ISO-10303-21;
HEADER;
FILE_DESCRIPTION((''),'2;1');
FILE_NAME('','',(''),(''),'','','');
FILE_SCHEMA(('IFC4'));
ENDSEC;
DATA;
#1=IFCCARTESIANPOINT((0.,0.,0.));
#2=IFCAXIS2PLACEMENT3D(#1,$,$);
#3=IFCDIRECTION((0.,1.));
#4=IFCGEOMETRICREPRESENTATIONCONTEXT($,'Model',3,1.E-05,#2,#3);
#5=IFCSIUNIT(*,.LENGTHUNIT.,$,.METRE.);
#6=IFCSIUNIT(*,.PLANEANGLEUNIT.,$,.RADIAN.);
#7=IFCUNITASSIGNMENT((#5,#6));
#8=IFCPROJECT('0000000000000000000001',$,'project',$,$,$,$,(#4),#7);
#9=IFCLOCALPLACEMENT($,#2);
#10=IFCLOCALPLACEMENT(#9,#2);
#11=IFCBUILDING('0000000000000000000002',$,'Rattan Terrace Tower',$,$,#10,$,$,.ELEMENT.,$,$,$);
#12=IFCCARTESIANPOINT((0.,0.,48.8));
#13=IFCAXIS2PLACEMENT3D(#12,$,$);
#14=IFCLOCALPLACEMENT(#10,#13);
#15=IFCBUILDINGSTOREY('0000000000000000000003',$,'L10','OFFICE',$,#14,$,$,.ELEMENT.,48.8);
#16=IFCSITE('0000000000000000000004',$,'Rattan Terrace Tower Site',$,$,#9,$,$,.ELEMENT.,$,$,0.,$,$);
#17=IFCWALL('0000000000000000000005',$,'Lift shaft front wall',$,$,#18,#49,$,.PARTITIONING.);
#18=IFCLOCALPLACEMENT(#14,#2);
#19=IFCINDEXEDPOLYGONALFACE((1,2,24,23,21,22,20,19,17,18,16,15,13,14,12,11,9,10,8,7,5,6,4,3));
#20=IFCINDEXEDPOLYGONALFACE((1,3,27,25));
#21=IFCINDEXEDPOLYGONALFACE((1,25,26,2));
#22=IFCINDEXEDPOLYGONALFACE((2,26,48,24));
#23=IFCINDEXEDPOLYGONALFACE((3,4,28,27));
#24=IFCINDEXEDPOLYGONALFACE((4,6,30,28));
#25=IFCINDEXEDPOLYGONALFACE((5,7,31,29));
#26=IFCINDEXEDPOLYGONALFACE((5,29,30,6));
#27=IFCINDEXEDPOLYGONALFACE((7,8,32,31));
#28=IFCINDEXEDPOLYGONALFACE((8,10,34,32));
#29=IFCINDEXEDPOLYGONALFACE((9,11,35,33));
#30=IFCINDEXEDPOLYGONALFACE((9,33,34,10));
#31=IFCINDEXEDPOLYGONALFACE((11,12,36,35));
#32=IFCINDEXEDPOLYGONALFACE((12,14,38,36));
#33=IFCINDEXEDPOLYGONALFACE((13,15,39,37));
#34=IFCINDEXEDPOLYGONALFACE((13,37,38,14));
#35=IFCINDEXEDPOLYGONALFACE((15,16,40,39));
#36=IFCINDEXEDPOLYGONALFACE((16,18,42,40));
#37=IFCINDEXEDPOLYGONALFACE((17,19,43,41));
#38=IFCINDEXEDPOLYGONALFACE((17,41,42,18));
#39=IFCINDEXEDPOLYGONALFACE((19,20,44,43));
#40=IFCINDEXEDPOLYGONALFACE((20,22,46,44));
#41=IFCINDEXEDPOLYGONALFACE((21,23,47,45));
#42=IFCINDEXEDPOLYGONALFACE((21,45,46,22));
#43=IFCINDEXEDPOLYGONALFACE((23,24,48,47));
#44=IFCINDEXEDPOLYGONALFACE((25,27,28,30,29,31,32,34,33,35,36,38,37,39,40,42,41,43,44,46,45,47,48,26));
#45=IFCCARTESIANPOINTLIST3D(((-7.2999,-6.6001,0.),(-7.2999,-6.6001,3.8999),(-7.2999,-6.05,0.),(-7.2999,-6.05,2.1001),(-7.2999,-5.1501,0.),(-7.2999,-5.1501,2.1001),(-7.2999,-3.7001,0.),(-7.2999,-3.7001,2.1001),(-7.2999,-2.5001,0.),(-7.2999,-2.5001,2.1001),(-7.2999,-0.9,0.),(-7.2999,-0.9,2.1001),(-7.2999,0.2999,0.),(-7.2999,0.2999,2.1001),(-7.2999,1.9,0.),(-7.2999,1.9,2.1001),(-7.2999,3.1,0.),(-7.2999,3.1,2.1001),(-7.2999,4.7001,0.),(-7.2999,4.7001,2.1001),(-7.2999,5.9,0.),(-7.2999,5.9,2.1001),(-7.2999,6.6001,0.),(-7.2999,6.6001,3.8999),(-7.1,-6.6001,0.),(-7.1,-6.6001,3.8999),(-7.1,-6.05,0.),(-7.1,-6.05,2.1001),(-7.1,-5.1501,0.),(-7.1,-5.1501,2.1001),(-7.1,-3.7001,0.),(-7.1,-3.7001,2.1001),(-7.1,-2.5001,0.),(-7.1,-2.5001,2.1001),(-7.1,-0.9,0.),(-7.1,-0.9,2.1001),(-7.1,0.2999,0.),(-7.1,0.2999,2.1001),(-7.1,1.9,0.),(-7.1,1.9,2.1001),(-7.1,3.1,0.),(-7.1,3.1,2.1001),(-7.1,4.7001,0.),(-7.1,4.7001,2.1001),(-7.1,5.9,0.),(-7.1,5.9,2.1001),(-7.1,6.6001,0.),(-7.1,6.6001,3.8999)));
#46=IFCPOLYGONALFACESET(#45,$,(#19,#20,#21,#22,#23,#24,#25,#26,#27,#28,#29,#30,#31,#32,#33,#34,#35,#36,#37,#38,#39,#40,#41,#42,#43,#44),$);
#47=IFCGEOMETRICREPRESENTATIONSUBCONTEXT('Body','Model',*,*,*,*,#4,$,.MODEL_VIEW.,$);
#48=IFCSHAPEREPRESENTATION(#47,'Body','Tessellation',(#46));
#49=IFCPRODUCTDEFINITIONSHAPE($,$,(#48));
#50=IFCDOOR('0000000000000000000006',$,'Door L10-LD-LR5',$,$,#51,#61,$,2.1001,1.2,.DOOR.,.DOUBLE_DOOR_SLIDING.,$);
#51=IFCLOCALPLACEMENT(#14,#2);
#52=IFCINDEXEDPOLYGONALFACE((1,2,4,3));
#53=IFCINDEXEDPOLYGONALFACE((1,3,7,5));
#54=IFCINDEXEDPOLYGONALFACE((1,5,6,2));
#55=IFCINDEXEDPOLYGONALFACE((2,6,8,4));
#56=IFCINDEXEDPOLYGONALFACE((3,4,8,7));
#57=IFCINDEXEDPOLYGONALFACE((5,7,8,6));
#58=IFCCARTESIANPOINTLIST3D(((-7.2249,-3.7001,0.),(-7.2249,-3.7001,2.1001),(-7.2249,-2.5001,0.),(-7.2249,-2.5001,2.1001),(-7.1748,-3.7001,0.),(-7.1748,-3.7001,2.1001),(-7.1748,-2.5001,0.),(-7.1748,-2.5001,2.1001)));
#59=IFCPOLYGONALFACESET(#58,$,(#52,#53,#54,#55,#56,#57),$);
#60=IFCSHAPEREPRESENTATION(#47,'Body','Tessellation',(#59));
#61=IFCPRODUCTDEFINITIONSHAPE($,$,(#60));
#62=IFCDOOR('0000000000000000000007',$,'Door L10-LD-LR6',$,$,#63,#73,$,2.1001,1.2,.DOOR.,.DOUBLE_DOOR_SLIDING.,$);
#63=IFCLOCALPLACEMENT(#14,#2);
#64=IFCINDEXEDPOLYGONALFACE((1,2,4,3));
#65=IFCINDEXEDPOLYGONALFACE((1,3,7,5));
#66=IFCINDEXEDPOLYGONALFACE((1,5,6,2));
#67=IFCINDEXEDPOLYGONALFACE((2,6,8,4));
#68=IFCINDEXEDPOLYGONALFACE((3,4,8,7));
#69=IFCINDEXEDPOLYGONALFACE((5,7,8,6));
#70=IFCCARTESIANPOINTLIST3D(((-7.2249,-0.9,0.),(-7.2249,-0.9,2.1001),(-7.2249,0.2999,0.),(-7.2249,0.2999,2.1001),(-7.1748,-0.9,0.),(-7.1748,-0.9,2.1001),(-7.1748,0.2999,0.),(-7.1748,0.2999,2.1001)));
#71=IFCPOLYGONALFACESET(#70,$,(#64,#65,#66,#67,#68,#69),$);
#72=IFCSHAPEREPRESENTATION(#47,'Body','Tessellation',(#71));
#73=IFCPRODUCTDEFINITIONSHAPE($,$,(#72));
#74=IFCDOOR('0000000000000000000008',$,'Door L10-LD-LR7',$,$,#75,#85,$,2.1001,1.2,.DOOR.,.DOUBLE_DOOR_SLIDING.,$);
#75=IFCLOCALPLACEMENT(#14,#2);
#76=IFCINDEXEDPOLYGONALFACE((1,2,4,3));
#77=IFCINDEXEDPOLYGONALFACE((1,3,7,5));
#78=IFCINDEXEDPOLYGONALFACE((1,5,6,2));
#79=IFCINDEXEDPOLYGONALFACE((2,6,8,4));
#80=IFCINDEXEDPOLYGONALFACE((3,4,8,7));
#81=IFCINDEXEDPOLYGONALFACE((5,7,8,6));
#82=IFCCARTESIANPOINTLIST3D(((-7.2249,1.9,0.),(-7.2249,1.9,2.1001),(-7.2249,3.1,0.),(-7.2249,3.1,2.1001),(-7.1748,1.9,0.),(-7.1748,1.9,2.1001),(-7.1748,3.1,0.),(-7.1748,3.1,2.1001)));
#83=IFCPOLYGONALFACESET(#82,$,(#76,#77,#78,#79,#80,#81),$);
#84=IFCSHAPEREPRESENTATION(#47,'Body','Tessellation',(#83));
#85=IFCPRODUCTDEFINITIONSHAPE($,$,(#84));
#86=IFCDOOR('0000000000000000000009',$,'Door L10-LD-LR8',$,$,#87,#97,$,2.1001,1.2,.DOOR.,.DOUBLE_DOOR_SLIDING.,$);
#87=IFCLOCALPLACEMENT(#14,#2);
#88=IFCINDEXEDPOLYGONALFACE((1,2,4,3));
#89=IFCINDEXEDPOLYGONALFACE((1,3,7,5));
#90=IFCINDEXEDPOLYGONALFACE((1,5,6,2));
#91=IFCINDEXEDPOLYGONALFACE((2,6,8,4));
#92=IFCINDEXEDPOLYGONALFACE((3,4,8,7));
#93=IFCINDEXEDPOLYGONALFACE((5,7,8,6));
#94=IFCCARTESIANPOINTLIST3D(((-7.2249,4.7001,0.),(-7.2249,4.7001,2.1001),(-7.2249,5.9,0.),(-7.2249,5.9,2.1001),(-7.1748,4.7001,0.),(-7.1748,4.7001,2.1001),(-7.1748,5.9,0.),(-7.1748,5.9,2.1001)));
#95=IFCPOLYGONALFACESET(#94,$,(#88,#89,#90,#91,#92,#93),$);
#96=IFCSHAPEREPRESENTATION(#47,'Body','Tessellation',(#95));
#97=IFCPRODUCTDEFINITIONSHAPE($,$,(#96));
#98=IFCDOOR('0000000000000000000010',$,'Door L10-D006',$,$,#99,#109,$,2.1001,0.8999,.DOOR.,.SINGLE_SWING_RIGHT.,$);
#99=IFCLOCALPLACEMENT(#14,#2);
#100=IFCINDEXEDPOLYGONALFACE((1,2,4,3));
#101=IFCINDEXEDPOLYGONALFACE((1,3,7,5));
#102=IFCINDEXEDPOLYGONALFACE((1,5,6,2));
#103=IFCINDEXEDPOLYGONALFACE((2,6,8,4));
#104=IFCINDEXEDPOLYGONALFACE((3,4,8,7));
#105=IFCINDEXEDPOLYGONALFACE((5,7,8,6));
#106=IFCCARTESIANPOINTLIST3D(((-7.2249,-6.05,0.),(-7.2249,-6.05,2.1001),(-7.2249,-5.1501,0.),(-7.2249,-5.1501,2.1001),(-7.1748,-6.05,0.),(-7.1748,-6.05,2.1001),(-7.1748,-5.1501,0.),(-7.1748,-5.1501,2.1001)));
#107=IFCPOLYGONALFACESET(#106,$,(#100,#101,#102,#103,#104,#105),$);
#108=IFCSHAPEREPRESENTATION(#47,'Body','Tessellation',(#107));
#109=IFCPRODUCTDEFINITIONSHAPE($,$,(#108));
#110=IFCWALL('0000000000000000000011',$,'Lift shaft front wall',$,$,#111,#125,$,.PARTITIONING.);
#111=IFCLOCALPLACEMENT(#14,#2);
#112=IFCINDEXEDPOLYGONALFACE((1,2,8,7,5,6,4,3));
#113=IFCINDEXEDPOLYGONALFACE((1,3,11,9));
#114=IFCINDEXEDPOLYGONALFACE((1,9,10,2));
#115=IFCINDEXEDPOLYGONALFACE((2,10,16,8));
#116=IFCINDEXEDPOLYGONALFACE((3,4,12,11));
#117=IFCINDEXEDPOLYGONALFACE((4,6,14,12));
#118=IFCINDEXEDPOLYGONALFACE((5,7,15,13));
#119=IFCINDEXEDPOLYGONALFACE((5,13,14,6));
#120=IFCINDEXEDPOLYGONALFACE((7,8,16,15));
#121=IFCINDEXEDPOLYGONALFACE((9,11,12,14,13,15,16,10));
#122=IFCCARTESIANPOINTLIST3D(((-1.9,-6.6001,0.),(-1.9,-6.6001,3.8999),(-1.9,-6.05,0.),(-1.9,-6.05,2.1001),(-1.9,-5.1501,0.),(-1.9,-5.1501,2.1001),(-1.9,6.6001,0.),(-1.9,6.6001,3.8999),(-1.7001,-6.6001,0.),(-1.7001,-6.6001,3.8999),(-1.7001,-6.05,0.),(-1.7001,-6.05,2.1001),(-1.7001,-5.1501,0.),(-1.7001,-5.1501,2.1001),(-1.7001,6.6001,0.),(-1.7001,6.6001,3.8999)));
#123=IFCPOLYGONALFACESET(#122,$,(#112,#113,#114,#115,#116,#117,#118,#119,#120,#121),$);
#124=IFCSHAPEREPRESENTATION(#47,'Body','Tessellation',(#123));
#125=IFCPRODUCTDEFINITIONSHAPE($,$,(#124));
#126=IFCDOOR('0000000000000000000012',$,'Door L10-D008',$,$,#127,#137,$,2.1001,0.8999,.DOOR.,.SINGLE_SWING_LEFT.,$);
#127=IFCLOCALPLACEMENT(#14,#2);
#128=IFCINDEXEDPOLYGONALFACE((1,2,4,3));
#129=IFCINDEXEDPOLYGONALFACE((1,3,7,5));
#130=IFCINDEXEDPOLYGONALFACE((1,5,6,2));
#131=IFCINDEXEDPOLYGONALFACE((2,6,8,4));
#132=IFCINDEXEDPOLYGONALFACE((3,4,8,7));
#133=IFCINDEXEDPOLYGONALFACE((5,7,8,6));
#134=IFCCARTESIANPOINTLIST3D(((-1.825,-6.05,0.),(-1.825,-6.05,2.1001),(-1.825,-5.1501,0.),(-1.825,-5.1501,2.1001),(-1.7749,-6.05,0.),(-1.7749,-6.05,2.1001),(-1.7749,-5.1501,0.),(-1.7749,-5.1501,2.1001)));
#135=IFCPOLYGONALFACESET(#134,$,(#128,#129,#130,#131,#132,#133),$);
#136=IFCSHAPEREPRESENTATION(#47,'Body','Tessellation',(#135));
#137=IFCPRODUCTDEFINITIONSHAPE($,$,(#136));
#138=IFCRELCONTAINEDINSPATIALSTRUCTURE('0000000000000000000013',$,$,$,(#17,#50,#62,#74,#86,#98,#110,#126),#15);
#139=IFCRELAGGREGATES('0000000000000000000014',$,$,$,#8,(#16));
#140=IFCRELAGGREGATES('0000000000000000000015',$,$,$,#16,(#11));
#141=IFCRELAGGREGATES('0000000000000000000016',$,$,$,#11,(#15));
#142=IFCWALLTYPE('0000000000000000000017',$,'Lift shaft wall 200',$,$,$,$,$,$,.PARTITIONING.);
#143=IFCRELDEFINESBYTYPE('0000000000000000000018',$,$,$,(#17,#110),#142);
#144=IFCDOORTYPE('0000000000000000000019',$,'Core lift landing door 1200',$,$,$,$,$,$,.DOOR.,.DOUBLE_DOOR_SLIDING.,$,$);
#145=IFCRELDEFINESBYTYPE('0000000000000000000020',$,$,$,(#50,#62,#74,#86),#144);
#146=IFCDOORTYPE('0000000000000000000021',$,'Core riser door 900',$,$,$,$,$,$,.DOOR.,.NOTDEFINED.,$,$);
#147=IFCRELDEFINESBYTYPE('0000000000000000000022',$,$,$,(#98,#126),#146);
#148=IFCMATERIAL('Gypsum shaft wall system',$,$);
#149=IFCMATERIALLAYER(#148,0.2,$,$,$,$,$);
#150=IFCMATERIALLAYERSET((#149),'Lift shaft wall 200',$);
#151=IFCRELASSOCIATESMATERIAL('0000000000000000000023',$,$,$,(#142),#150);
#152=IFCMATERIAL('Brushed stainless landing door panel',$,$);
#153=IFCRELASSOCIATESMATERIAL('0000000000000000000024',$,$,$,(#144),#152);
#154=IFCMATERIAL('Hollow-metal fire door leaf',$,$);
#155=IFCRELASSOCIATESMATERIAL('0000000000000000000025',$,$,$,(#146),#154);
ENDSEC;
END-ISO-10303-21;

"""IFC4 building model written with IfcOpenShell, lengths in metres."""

from ifc_helpers import new_model, si_unit, direction, frame, frame_2d, origin, place, context, subcontext, project, spatial, rectangle, extrude, material, layer, layer_set, type_object, element, fill, save


model = new_model("IFC4")

# Units and contexts
model_context = context("Model", 3, precision=1e-05, world=origin(), true_north=direction((0.0, 1.0)))
body_context = subcontext(model_context, "Body", "Model", "MODEL_VIEW")
ifc_project = project(units=[si_unit("LENGTHUNIT", "METRE"), si_unit("PLANEANGLEUNIT", "RADIAN")], contexts=[model_context])

# Site, building, storey
site_placement = place(None, origin())
site = spatial("IfcSite", under=ifc_project, at=site_placement, Name="Rattan Terrace Tower Site", CompositionType="ELEMENT", RefElevation=0.0)
building_placement = place(site_placement, origin())
building = spatial("IfcBuilding", under=site, at=building_placement, Name="Rattan Terrace Tower", CompositionType="ELEMENT")
storey_placement = place(building_placement, frame((0.0, 0.0, 48.8)))
storey = spatial("IfcBuildingStorey", under=building, at=storey_placement, Name="L10", Description="OFFICE", CompositionType="ELEMENT", Elevation=48.8)

# Wall, openings, doors
ifc_material_1 = material(Name="Gypsum shaft wall system")
ifc_layer_1 = layer(ifc_material_1, 0.2)
ifc_layer_set_1 = layer_set([ifc_layer_1], Name="Lift shaft wall 200")
wall_type_1 = type_object("IfcWallType", Name="Lift shaft wall 200", PredefinedType="PARTITIONING", material=ifc_layer_set_1)
ifc_material_2 = material(Name="Brushed stainless landing door panel")
door_type_1 = type_object("IfcDoorType", Name="Core lift landing door 1200", OperationType="DOUBLE_DOOR_SLIDING", PredefinedType="DOOR", material=ifc_material_2)
ifc_material_3 = material(Name="Hollow-metal fire door leaf")
door_type_2 = type_object("IfcDoorType", Name="Core riser door 900", OperationType="NOTDEFINED", PredefinedType="DOOR", material=ifc_material_3)
wall_1_placement = place(storey_placement, frame((-7.2, -6.6001, 0.0), z_axis=(0.0, 0.0, 1.0), x_axis=(0.0, 1.0, 0.0)))
wall_1 = element("IfcWall", 1, at=wall_1_placement, inside=storey, type_object=wall_type_1, Name="Lift shaft front wall", PredefinedType="PARTITIONING", context=body_context, shape_type="SweptSolid", body=[
    extrude(rectangle(XDim=13.2002, YDim=0.2, at=frame_2d((6.6001, 0.0))), origin(), (0.0, 0.0, 1.0), 3.8999),
])
opening_1_placement = place(wall_1_placement, frame((0.55, 0.0, 0.0)))
opening_1 = element("IfcOpeningElement", 2, at=opening_1_placement, cuts=wall_1, PredefinedType="OPENING", context=body_context, shape_type="SweptSolid", body=[
    extrude(rectangle(XDim=0.8999, YDim=2.1001, at=frame_2d((0.45, 1.05))), frame((0.0, 0.1106, 0.0), z_axis=(0.0, -1.0, 0.0), x_axis=(1.0, 0.0, 0.0)), (0.0, 0.0, 1.0), 0.2209),
])
opening_2_placement = place(wall_1_placement, frame((2.8999, 0.0, 0.0)))
opening_2 = element("IfcOpeningElement", 3, at=opening_2_placement, cuts=wall_1, PredefinedType="OPENING", context=body_context, shape_type="SweptSolid", body=[
    extrude(rectangle(XDim=1.2, YDim=2.1001, at=frame_2d((0.6001, 1.05))), frame((0.0, 0.1106, 0.0), z_axis=(0.0, -1.0, 0.0), x_axis=(1.0, 0.0, 0.0)), (0.0, 0.0, 1.0), 0.2209),
])
opening_3_placement = place(wall_1_placement, frame((5.7, 0.0, 0.0)))
opening_3 = element("IfcOpeningElement", 4, at=opening_3_placement, cuts=wall_1, PredefinedType="OPENING", context=body_context, shape_type="SweptSolid", body=[
    extrude(rectangle(XDim=1.2, YDim=2.1001, at=frame_2d((0.6001, 1.05))), frame((0.0, 0.1106, 0.0), z_axis=(0.0, -1.0, 0.0), x_axis=(1.0, 0.0, 0.0)), (0.0, 0.0, 1.0), 0.2209),
])
opening_4_placement = place(wall_1_placement, frame((8.5, 0.0, 0.0)))
opening_4 = element("IfcOpeningElement", 5, at=opening_4_placement, cuts=wall_1, PredefinedType="OPENING", context=body_context, shape_type="SweptSolid", body=[
    extrude(rectangle(XDim=1.2, YDim=2.1001, at=frame_2d((0.6001, 1.05))), frame((0.0, 0.1106, 0.0), z_axis=(0.0, -1.0, 0.0), x_axis=(1.0, 0.0, 0.0)), (0.0, 0.0, 1.0), 0.2209),
])
opening_5_placement = place(wall_1_placement, frame((11.3, 0.0, 0.0)))
opening_5 = element("IfcOpeningElement", 6, at=opening_5_placement, cuts=wall_1, PredefinedType="OPENING", context=body_context, shape_type="SweptSolid", body=[
    extrude(rectangle(XDim=1.2, YDim=2.1001, at=frame_2d((0.6001, 1.05))), frame((0.0, 0.1106, 0.0), z_axis=(0.0, -1.0, 0.0), x_axis=(1.0, 0.0, 0.0)), (0.0, 0.0, 1.0), 0.2209),
])
door_1_placement = place(opening_2_placement, origin())
door_1 = element("IfcDoor", 7, at=door_1_placement, inside=storey, type_object=door_type_1, Name="Door L10-LD-LR5", OperationType="DOUBLE_DOOR_SLIDING", OverallHeight=2.1001, OverallWidth=1.2, PredefinedType="DOOR", context=body_context, shape_type="SweptSolid", body=[
    extrude(rectangle(XDim=1.2, YDim=2.1001, at=frame_2d((0.6001, 1.05))), frame((0.0, 0.0249, 0.0), z_axis=(0.0, -1.0, 0.0), x_axis=(1.0, 0.0, 0.0)), (0.0, 0.0, 1.0), 0.05),
])
fill(opening_2, door_1)
door_2_placement = place(opening_3_placement, origin())
door_2 = element("IfcDoor", 8, at=door_2_placement, inside=storey, type_object=door_type_1, Name="Door L10-LD-LR6", OperationType="DOUBLE_DOOR_SLIDING", OverallHeight=2.1001, OverallWidth=1.2, PredefinedType="DOOR", context=body_context, shape_type="SweptSolid", body=[
    extrude(rectangle(XDim=1.2, YDim=2.1001, at=frame_2d((0.6001, 1.05))), frame((0.0, 0.0249, 0.0), z_axis=(0.0, -1.0, 0.0), x_axis=(1.0, 0.0, 0.0)), (0.0, 0.0, 1.0), 0.05),
])
fill(opening_3, door_2)
door_3_placement = place(opening_4_placement, origin())
door_3 = element("IfcDoor", 9, at=door_3_placement, inside=storey, type_object=door_type_1, Name="Door L10-LD-LR7", OperationType="DOUBLE_DOOR_SLIDING", OverallHeight=2.1001, OverallWidth=1.2, PredefinedType="DOOR", context=body_context, shape_type="SweptSolid", body=[
    extrude(rectangle(XDim=1.2, YDim=2.1001, at=frame_2d((0.6001, 1.05))), frame((0.0, 0.0249, 0.0), z_axis=(0.0, -1.0, 0.0), x_axis=(1.0, 0.0, 0.0)), (0.0, 0.0, 1.0), 0.05),
])
fill(opening_4, door_3)
door_4_placement = place(opening_5_placement, origin())
door_4 = element("IfcDoor", 10, at=door_4_placement, inside=storey, type_object=door_type_1, Name="Door L10-LD-LR8", OperationType="DOUBLE_DOOR_SLIDING", OverallHeight=2.1001, OverallWidth=1.2, PredefinedType="DOOR", context=body_context, shape_type="SweptSolid", body=[
    extrude(rectangle(XDim=1.2, YDim=2.1001, at=frame_2d((0.6001, 1.05))), frame((0.0, 0.0249, 0.0), z_axis=(0.0, -1.0, 0.0), x_axis=(1.0, 0.0, 0.0)), (0.0, 0.0, 1.0), 0.05),
])
fill(opening_5, door_4)
door_5_placement = place(opening_1_placement, origin())
door_5 = element("IfcDoor", 11, at=door_5_placement, inside=storey, type_object=door_type_2, Name="Door L10-D006", OperationType="SINGLE_SWING_RIGHT", OverallHeight=2.1001, OverallWidth=0.8999, PredefinedType="DOOR", context=body_context, shape_type="SweptSolid", body=[
    extrude(rectangle(XDim=0.8999, YDim=2.1001, at=frame_2d((0.45, 1.05))), frame((0.0, 0.0249, 0.0), z_axis=(0.0, -1.0, 0.0), x_axis=(1.0, 0.0, 0.0)), (0.0, 0.0, 1.0), 0.05),
])
fill(opening_1, door_5)

# Wall, opening, door
wall_2_placement = place(storey_placement, frame((-1.8, -6.6001, 0.0), z_axis=(0.0, 0.0, 1.0), x_axis=(0.0, 1.0, 0.0)))
wall_2 = element("IfcWall", 12, at=wall_2_placement, inside=storey, type_object=wall_type_1, Name="Lift shaft front wall", PredefinedType="PARTITIONING", context=body_context, shape_type="SweptSolid", body=[
    extrude(rectangle(XDim=13.2002, YDim=0.2, at=frame_2d((6.6001, 0.0))), origin(), (0.0, 0.0, 1.0), 3.8999),
])
opening_6_placement = place(wall_2_placement, frame((0.55, 0.0, 0.0)))
opening_6 = element("IfcOpeningElement", 13, at=opening_6_placement, cuts=wall_2, PredefinedType="OPENING", context=body_context, shape_type="SweptSolid", body=[
    extrude(rectangle(XDim=0.8999, YDim=2.1001, at=frame_2d((0.45, 1.05))), frame((0.0, 0.1106, 0.0), z_axis=(0.0, -1.0, 0.0), x_axis=(1.0, 0.0, 0.0)), (0.0, 0.0, 1.0), 0.2209),
])
door_6_placement = place(opening_6_placement, origin())
door_6 = element("IfcDoor", 14, at=door_6_placement, inside=storey, type_object=door_type_2, Name="Door L10-D008", OperationType="SINGLE_SWING_LEFT", OverallHeight=2.1001, OverallWidth=0.8999, PredefinedType="DOOR", context=body_context, shape_type="SweptSolid", body=[
    extrude(rectangle(XDim=0.8999, YDim=2.1001, at=frame_2d((0.45, 1.05))), frame((0.0, 0.0249, 0.0), z_axis=(0.0, -1.0, 0.0), x_axis=(1.0, 0.0, 0.0)), (0.0, 0.0, 1.0), 0.05),
])
fill(opening_6, door_6)

save(model, "model.ifc")
